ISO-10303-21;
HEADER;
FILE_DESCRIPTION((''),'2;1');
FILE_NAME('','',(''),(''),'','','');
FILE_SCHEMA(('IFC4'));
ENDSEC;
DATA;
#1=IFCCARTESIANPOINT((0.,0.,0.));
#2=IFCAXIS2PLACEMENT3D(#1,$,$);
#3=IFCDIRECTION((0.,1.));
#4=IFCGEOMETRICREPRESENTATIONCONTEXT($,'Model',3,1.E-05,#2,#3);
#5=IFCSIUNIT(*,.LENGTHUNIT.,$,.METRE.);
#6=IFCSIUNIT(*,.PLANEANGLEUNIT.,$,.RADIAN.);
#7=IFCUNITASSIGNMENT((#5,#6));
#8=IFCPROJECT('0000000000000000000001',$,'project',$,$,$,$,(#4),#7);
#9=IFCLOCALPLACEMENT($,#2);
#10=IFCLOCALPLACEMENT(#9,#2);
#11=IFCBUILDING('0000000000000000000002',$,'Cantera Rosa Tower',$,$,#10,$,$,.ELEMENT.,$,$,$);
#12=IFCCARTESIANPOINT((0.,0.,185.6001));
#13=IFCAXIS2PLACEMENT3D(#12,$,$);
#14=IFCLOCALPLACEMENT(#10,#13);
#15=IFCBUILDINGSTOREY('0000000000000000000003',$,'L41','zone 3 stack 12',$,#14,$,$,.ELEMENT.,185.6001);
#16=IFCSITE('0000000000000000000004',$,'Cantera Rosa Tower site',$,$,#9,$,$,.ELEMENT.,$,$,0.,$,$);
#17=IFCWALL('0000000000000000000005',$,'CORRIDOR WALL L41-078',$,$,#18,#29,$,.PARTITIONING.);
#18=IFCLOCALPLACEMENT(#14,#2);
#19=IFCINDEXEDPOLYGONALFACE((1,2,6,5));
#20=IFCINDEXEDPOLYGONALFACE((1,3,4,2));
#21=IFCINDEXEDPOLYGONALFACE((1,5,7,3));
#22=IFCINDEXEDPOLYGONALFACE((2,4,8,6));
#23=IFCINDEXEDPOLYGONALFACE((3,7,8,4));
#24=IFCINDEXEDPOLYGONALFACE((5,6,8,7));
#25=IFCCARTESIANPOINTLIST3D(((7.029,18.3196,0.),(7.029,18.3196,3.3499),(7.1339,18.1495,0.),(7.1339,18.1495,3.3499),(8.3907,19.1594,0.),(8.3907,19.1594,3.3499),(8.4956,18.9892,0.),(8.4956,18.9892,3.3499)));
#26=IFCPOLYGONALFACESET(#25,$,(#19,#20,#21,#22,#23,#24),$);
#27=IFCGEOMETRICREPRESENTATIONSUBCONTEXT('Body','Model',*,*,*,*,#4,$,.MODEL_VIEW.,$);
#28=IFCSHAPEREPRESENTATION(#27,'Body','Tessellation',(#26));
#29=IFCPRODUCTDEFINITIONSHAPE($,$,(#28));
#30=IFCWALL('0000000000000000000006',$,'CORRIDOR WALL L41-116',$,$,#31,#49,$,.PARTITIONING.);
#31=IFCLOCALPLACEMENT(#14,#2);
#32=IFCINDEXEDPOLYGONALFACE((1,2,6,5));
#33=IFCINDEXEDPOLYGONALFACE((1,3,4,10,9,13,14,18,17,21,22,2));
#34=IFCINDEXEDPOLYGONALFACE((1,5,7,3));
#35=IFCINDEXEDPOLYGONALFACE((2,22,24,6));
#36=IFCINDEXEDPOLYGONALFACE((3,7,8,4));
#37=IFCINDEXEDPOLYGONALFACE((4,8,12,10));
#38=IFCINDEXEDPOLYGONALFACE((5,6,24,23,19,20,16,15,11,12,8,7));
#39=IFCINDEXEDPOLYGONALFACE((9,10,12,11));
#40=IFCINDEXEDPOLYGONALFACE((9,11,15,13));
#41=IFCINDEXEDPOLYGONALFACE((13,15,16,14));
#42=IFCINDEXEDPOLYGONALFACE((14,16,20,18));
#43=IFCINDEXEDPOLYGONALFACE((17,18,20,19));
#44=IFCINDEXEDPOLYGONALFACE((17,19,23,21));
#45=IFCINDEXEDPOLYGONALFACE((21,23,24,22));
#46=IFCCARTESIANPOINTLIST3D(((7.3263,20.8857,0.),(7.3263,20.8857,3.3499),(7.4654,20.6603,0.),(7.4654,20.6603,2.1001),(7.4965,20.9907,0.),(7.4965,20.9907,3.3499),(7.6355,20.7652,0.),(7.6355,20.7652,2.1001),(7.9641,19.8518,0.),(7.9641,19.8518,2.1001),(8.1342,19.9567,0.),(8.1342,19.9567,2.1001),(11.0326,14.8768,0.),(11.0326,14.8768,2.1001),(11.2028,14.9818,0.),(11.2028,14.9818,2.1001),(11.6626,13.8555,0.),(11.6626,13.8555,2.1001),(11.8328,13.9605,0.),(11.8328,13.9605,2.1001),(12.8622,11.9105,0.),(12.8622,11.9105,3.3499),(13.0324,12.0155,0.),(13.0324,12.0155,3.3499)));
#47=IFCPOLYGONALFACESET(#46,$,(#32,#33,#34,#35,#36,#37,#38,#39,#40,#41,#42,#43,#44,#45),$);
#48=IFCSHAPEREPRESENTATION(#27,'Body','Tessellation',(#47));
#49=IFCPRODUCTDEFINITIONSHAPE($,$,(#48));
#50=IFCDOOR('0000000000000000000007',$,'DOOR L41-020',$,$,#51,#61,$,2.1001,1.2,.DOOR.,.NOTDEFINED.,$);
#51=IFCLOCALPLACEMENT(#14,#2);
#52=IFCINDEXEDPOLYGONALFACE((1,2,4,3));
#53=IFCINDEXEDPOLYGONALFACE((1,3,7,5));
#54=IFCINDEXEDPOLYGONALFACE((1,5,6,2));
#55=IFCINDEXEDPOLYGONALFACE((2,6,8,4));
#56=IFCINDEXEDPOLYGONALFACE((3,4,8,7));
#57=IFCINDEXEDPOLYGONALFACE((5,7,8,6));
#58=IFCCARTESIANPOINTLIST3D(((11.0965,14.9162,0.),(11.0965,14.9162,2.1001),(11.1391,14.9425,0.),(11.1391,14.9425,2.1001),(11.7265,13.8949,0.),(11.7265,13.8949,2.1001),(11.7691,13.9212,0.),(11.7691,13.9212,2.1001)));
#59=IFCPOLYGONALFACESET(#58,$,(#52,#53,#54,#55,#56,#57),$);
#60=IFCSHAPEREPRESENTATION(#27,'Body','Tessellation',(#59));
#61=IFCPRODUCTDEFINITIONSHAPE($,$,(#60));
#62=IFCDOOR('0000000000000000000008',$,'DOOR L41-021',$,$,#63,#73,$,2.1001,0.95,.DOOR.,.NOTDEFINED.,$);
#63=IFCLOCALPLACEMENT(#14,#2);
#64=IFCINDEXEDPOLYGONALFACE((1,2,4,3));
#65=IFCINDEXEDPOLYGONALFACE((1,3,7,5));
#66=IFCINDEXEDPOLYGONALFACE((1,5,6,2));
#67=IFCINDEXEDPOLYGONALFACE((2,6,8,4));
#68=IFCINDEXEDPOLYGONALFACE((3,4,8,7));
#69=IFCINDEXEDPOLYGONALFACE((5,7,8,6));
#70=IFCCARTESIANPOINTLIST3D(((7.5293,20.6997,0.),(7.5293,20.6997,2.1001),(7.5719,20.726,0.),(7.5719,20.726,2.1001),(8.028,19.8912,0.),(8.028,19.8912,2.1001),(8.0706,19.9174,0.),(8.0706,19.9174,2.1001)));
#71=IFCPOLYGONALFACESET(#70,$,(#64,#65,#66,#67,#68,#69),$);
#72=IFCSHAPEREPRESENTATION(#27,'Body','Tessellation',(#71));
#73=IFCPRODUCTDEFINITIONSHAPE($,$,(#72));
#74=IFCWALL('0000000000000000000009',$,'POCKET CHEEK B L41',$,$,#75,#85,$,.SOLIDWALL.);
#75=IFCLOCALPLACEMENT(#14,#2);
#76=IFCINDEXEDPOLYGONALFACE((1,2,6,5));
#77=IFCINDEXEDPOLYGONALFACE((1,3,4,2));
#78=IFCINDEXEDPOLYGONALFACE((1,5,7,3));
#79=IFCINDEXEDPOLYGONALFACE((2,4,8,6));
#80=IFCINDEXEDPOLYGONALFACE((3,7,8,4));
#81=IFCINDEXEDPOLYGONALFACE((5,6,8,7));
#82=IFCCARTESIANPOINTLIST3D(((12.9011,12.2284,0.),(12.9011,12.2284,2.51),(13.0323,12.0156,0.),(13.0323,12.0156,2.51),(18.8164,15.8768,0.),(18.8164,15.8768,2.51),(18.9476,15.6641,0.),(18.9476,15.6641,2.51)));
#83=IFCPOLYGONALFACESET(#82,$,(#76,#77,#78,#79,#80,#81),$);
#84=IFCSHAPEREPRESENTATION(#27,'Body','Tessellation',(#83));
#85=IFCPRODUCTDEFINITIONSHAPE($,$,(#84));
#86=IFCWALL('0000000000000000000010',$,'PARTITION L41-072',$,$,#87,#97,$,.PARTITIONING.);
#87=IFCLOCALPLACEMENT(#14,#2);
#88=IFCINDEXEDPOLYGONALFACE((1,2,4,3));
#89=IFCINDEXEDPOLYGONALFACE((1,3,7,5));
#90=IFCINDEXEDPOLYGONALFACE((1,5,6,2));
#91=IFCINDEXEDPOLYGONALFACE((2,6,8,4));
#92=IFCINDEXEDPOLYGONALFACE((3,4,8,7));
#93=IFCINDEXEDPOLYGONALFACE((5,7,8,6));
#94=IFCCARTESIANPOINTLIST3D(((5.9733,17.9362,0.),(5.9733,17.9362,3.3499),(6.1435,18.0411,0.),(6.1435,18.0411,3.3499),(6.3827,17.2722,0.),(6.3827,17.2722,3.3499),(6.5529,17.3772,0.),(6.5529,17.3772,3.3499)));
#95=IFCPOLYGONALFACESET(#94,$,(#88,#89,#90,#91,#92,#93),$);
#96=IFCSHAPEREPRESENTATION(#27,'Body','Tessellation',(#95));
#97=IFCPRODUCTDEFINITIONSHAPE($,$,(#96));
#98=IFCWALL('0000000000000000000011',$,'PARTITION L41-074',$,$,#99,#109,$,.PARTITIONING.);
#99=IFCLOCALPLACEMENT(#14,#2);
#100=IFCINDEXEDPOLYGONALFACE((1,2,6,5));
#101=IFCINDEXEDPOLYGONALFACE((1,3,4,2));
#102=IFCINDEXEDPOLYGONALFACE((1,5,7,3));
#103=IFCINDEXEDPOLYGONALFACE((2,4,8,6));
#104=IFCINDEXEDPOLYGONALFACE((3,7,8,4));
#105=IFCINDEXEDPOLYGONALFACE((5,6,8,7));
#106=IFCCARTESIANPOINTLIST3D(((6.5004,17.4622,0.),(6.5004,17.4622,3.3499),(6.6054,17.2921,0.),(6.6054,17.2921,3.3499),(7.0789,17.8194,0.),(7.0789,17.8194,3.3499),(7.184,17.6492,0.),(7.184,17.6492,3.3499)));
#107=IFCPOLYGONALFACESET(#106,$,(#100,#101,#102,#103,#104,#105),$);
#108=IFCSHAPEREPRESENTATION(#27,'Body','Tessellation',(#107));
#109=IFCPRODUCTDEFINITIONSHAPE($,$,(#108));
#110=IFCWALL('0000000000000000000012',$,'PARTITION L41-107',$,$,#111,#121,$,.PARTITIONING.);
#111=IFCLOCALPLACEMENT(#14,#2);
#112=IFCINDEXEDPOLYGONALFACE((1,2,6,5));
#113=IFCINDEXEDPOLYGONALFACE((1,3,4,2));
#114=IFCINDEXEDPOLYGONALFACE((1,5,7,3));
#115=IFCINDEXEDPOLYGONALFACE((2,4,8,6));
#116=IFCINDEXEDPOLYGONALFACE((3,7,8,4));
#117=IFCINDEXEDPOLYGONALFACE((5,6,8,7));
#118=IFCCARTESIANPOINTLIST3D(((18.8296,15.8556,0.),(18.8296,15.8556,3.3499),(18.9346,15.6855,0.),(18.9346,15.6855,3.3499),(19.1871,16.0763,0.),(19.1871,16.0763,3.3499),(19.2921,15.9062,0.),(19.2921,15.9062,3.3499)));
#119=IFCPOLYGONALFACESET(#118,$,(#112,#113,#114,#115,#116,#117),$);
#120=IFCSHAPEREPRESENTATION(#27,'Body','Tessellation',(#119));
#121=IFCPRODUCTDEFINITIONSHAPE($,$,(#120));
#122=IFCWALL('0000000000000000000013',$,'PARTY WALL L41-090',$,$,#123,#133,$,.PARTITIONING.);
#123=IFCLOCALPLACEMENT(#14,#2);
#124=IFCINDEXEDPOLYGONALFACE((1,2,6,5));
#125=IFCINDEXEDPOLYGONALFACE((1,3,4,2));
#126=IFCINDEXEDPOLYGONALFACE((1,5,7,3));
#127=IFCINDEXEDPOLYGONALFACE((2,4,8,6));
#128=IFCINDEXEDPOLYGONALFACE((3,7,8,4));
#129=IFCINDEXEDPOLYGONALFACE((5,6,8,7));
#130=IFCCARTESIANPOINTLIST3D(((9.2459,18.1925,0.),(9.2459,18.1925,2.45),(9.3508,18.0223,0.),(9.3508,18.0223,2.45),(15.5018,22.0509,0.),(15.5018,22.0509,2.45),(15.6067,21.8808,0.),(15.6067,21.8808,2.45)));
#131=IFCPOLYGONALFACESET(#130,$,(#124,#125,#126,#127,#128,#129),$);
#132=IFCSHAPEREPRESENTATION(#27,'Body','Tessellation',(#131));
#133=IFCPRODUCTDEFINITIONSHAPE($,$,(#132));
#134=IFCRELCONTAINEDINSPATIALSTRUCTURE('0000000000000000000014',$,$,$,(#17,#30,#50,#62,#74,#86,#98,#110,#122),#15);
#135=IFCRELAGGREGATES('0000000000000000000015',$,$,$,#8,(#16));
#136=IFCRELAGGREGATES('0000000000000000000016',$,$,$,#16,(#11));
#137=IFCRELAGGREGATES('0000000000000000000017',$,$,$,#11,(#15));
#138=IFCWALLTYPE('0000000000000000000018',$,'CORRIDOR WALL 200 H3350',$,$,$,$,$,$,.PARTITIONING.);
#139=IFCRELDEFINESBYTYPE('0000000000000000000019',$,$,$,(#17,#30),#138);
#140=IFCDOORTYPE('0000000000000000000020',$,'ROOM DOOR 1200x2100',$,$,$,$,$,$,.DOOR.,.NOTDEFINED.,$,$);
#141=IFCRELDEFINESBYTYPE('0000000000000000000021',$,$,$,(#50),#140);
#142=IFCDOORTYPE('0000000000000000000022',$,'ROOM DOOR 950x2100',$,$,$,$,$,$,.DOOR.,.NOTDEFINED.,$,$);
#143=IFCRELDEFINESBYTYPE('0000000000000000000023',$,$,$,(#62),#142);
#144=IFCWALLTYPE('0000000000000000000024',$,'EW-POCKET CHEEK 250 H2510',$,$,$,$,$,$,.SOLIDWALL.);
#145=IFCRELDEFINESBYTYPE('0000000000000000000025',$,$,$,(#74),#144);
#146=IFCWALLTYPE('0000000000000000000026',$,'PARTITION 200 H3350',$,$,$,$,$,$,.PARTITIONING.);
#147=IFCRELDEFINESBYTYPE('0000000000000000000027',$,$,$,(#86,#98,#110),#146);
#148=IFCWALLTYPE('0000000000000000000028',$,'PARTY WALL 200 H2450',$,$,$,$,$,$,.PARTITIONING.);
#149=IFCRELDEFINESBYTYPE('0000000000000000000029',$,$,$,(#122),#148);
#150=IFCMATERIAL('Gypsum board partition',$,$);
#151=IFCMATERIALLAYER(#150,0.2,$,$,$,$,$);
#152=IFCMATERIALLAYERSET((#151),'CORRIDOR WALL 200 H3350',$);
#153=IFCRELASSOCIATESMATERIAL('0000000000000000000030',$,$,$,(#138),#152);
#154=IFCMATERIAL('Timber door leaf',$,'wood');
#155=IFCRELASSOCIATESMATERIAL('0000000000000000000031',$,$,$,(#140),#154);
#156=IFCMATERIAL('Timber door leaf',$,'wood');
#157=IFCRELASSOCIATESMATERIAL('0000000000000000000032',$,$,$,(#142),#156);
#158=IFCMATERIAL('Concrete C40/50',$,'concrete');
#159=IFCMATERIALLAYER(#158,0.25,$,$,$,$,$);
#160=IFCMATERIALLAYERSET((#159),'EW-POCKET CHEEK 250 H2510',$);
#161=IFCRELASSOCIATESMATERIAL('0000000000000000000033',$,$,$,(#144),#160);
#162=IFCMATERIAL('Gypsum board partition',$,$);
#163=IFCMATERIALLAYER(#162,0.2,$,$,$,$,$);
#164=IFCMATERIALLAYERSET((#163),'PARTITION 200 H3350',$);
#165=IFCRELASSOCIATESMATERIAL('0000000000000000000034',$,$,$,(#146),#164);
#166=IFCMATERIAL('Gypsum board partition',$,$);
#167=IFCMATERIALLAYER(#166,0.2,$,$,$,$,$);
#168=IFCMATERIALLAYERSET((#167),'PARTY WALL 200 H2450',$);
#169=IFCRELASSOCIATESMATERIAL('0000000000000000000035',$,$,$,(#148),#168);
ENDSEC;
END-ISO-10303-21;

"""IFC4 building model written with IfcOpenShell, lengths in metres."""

from ifc_helpers import new_model, si_unit, direction, frame, frame_2d, origin, place, context, subcontext, project, spatial, rectangle, extrude, material, layer, layer_set, type_object, element, fill, save


model = new_model("IFC4")

# Units and contexts
model_context = context("Model", 3, precision=1e-05, world=origin(), true_north=direction((0.0, 1.0)))
body_context = subcontext(model_context, "Body", "Model", "MODEL_VIEW")
ifc_project = project(units=[si_unit("LENGTHUNIT", "METRE"), si_unit("PLANEANGLEUNIT", "RADIAN")], contexts=[model_context])

# Site, building, storey
site_placement = place(None, origin())
site = spatial("IfcSite", under=ifc_project, at=site_placement, Name="Cantera Rosa Tower site", CompositionType="ELEMENT", RefElevation=0.0)
building_placement = place(site_placement, origin())
building = spatial("IfcBuilding", under=site, at=building_placement, Name="Cantera Rosa Tower", CompositionType="ELEMENT")
storey_placement = place(building_placement, frame((0.0, 0.0, 185.6001)))
storey = spatial("IfcBuildingStorey", under=building, at=storey_placement, Name="L41", Description="zone 3 stack 12", CompositionType="ELEMENT", Elevation=185.6001)

# Shared definitions
ifc_material_1 = material(Name="Gypsum board partition")
ifc_layer_1 = layer(ifc_material_1, 0.2)
ifc_layer_set_1 = layer_set([ifc_layer_1], Name="CORRIDOR WALL 200 H3350")
wall_type_1 = type_object("IfcWallType", Name="CORRIDOR WALL 200 H3350", PredefinedType="PARTITIONING", material=ifc_layer_set_1)

# Wall
wall_1_placement = place(storey_placement, frame((7.0815, 18.2346, 0.0), z_axis=(0.0, 0.0, 1.0), x_axis=(0.851155, 0.524914, 0.0)))
element("IfcWall", 1, at=wall_1_placement, inside=storey, type_object=wall_type_1, Name="CORRIDOR WALL L41-078", PredefinedType="PARTITIONING", context=body_context, shape_type="SweptSolid", body=[
    extrude(rectangle(XDim=1.5999, YDim=0.2, at=frame_2d((0.7998, 0.0))), origin(), (0.0, 0.0, 1.0), 3.3499),
])

# Wall, openings, doors
wall_2_placement = place(storey_placement, frame((12.9473, 11.9631, 0.0), z_axis=(0.0, 0.0, 1.0), x_axis=(-0.524974, 0.851118, 0.0)))
wall_2 = element("IfcWall", 2, at=wall_2_placement, inside=storey, type_object=wall_type_1, Name="CORRIDOR WALL L41-116", PredefinedType="PARTITIONING", context=body_context, shape_type="SweptSolid", body=[
    extrude(rectangle(XDim=10.5452, YDim=0.2, at=frame_2d((5.2725, 0.0))), origin(), (0.0, 0.0, 1.0), 3.3499),
])
opening_1_placement = place(wall_2_placement, frame((2.2849, 0.0, 0.0)))
opening_1 = element("IfcOpeningElement", 3, at=opening_1_placement, cuts=wall_2, PredefinedType="OPENING", context=body_context, shape_type="SweptSolid", body=[
    extrude(rectangle(XDim=1.2, YDim=2.1001, at=frame_2d((0.6001, 1.05))), frame((0.0, 0.1099, 0.0), z_axis=(0.0, -1.0, 0.0), x_axis=(1.0, 0.0, 0.0)), (0.0, 0.0, 1.0), 0.22),
])
opening_2_placement = place(wall_2_placement, frame((9.3301, 0.0, 0.0)))
opening_2 = element("IfcOpeningElement", 4, at=opening_2_placement, cuts=wall_2, PredefinedType="OPENING", context=body_context, shape_type="SweptSolid", body=[
    extrude(rectangle(XDim=0.95, YDim=2.1001, at=frame_2d((0.4751, 1.05))), frame((0.0, 0.1099, 0.0), z_axis=(0.0, -1.0, 0.0), x_axis=(1.0, 0.0, 0.0)), (0.0, 0.0, 1.0), 0.22),
])
ifc_material_2 = material(Name="Timber door leaf", Category="wood")
door_type_1 = type_object("IfcDoorType", Name="ROOM DOOR 1200x2100", OperationType="NOTDEFINED", PredefinedType="DOOR", material=ifc_material_2)
door_1_placement = place(opening_1_placement, origin())
door_1 = element("IfcDoor", 5, at=door_1_placement, inside=storey, type_object=door_type_1, Name="DOOR L41-020", OperationType="NOTDEFINED", OverallHeight=2.1001, OverallWidth=1.2, PredefinedType="DOOR", context=body_context, shape_type="SweptSolid", body=[
    extrude(rectangle(XDim=1.2, YDim=2.1001, at=frame_2d((0.6001, 1.05))), frame((0.0, 0.0249, 0.0), z_axis=(0.0, -1.0, 0.0), x_axis=(1.0, 0.0, 0.0)), (0.0, 0.0, 1.0), 0.05),
])
fill(opening_1, door_1)
ifc_material_3 = material(Name="Timber door leaf", Category="wood")
door_type_2 = type_object("IfcDoorType", Name="ROOM DOOR 950x2100", OperationType="NOTDEFINED", PredefinedType="DOOR", material=ifc_material_3)
door_2_placement = place(opening_2_placement, origin())
door_2 = element("IfcDoor", 6, at=door_2_placement, inside=storey, type_object=door_type_2, Name="DOOR L41-021", OperationType="NOTDEFINED", OverallHeight=2.1001, OverallWidth=0.95, PredefinedType="DOOR", context=body_context, shape_type="SweptSolid", body=[
    extrude(rectangle(XDim=0.95, YDim=2.1001, at=frame_2d((0.4751, 1.05))), frame((0.0, 0.0249, 0.0), z_axis=(0.0, -1.0, 0.0), x_axis=(1.0, 0.0, 0.0)), (0.0, 0.0, 1.0), 0.05),
])
fill(opening_2, door_2)

# Walls
ifc_material_4 = material(Name="Concrete C40/50", Category="concrete")
ifc_layer_2 = layer(ifc_material_4, 0.25)
ifc_layer_set_2 = layer_set([ifc_layer_2], Name="EW-POCKET CHEEK 250 H2510")
wall_type_2 = type_object("IfcWallType", Name="EW-POCKET CHEEK 250 H2510", PredefinedType="SOLIDWALL", material=ifc_layer_set_2)
wall_3_placement = place(storey_placement, frame((18.8821, 15.7705, 0.0), z_axis=(0.0, 0.0, 1.0), x_axis=(-0.851127, -0.52496, 0.0)))
element("IfcWall", 7, at=wall_3_placement, inside=storey, type_object=wall_type_2, Name="POCKET CHEEK B L41", PredefinedType="SOLIDWALL", context=body_context, shape_type="SweptSolid", body=[
    extrude(rectangle(XDim=6.95, YDim=0.25, at=frame_2d((3.4751, 0.0))), origin(), (0.0, 0.0, 1.0), 2.51),
])
ifc_material_5 = material(Name="Gypsum board partition")
ifc_layer_3 = layer(ifc_material_5, 0.2)
ifc_layer_set_3 = layer_set([ifc_layer_3], Name="PARTITION 200 H3350")
wall_type_3 = type_object("IfcWallType", Name="PARTITION 200 H3350", PredefinedType="PARTITIONING", material=ifc_layer_set_3)
wall_4_placement = place(storey_placement, frame((6.0583, 17.9888, 0.0), z_axis=(0.0, 0.0, 1.0), x_axis=(0.524813, -0.851217, 0.0)))
element("IfcWall", 8, at=wall_4_placement, inside=storey, type_object=wall_type_3, Name="PARTITION L41-072", PredefinedType="PARTITIONING", context=body_context, shape_type="SweptSolid", body=[
    extrude(rectangle(XDim=0.78, YDim=0.2, at=frame_2d((0.3901, 0.0))), origin(), (0.0, 0.0, 1.0), 3.3499),
])
wall_5_placement = place(storey_placement, frame((6.553, 17.3772, 0.0), z_axis=(0.0, 0.0, 1.0), x_axis=(0.85093, 0.525279, 0.0)))
element("IfcWall", 9, at=wall_5_placement, inside=storey, type_object=wall_type_3, Name="PARTITION L41-074", PredefinedType="PARTITIONING", context=body_context, shape_type="SweptSolid", body=[
    extrude(rectangle(XDim=0.6799, YDim=0.2, at=frame_2d((0.3398, 0.0))), origin(), (0.0, 0.0, 1.0), 3.3499),
])
wall_6_placement = place(storey_placement, frame((19.2395, 15.9912, 0.0), z_axis=(0.0, 0.0, 1.0), x_axis=(-0.850859, -0.525394, 0.0)))
element("IfcWall", 10, at=wall_6_placement, inside=storey, type_object=wall_type_3, Name="PARTITION L41-107", PredefinedType="PARTITIONING", context=body_context, shape_type="SweptSolid", body=[
    extrude(rectangle(XDim=0.4202, YDim=0.2, at=frame_2d((0.21, 0.0))), origin(), (0.0, 0.0, 1.0), 3.3499),
])
ifc_material_6 = material(Name="Gypsum board partition")
ifc_layer_4 = layer(ifc_material_6, 0.2)
ifc_layer_set_4 = layer_set([ifc_layer_4], Name="PARTY WALL 200 H2450")
wall_type_4 = type_object("IfcWallType", Name="PARTY WALL 200 H2450", PredefinedType="PARTITIONING", material=ifc_layer_set_4)
wall_7_placement = place(storey_placement, frame((9.2983, 18.1074, 0.0), z_axis=(0.0, 0.0, 1.0), x_axis=(0.851133, 0.52495, 0.0)))
element("IfcWall", 11, at=wall_7_placement, inside=storey, type_object=wall_type_4, Name="PARTY WALL L41-090", PredefinedType="PARTITIONING", context=body_context, shape_type="SweptSolid", body=[
    extrude(rectangle(XDim=7.3501, YDim=0.2, at=frame_2d((3.675, 0.0))), origin(), (0.0, 0.0, 1.0), 2.45),
])

save(model, "model.ifc")
